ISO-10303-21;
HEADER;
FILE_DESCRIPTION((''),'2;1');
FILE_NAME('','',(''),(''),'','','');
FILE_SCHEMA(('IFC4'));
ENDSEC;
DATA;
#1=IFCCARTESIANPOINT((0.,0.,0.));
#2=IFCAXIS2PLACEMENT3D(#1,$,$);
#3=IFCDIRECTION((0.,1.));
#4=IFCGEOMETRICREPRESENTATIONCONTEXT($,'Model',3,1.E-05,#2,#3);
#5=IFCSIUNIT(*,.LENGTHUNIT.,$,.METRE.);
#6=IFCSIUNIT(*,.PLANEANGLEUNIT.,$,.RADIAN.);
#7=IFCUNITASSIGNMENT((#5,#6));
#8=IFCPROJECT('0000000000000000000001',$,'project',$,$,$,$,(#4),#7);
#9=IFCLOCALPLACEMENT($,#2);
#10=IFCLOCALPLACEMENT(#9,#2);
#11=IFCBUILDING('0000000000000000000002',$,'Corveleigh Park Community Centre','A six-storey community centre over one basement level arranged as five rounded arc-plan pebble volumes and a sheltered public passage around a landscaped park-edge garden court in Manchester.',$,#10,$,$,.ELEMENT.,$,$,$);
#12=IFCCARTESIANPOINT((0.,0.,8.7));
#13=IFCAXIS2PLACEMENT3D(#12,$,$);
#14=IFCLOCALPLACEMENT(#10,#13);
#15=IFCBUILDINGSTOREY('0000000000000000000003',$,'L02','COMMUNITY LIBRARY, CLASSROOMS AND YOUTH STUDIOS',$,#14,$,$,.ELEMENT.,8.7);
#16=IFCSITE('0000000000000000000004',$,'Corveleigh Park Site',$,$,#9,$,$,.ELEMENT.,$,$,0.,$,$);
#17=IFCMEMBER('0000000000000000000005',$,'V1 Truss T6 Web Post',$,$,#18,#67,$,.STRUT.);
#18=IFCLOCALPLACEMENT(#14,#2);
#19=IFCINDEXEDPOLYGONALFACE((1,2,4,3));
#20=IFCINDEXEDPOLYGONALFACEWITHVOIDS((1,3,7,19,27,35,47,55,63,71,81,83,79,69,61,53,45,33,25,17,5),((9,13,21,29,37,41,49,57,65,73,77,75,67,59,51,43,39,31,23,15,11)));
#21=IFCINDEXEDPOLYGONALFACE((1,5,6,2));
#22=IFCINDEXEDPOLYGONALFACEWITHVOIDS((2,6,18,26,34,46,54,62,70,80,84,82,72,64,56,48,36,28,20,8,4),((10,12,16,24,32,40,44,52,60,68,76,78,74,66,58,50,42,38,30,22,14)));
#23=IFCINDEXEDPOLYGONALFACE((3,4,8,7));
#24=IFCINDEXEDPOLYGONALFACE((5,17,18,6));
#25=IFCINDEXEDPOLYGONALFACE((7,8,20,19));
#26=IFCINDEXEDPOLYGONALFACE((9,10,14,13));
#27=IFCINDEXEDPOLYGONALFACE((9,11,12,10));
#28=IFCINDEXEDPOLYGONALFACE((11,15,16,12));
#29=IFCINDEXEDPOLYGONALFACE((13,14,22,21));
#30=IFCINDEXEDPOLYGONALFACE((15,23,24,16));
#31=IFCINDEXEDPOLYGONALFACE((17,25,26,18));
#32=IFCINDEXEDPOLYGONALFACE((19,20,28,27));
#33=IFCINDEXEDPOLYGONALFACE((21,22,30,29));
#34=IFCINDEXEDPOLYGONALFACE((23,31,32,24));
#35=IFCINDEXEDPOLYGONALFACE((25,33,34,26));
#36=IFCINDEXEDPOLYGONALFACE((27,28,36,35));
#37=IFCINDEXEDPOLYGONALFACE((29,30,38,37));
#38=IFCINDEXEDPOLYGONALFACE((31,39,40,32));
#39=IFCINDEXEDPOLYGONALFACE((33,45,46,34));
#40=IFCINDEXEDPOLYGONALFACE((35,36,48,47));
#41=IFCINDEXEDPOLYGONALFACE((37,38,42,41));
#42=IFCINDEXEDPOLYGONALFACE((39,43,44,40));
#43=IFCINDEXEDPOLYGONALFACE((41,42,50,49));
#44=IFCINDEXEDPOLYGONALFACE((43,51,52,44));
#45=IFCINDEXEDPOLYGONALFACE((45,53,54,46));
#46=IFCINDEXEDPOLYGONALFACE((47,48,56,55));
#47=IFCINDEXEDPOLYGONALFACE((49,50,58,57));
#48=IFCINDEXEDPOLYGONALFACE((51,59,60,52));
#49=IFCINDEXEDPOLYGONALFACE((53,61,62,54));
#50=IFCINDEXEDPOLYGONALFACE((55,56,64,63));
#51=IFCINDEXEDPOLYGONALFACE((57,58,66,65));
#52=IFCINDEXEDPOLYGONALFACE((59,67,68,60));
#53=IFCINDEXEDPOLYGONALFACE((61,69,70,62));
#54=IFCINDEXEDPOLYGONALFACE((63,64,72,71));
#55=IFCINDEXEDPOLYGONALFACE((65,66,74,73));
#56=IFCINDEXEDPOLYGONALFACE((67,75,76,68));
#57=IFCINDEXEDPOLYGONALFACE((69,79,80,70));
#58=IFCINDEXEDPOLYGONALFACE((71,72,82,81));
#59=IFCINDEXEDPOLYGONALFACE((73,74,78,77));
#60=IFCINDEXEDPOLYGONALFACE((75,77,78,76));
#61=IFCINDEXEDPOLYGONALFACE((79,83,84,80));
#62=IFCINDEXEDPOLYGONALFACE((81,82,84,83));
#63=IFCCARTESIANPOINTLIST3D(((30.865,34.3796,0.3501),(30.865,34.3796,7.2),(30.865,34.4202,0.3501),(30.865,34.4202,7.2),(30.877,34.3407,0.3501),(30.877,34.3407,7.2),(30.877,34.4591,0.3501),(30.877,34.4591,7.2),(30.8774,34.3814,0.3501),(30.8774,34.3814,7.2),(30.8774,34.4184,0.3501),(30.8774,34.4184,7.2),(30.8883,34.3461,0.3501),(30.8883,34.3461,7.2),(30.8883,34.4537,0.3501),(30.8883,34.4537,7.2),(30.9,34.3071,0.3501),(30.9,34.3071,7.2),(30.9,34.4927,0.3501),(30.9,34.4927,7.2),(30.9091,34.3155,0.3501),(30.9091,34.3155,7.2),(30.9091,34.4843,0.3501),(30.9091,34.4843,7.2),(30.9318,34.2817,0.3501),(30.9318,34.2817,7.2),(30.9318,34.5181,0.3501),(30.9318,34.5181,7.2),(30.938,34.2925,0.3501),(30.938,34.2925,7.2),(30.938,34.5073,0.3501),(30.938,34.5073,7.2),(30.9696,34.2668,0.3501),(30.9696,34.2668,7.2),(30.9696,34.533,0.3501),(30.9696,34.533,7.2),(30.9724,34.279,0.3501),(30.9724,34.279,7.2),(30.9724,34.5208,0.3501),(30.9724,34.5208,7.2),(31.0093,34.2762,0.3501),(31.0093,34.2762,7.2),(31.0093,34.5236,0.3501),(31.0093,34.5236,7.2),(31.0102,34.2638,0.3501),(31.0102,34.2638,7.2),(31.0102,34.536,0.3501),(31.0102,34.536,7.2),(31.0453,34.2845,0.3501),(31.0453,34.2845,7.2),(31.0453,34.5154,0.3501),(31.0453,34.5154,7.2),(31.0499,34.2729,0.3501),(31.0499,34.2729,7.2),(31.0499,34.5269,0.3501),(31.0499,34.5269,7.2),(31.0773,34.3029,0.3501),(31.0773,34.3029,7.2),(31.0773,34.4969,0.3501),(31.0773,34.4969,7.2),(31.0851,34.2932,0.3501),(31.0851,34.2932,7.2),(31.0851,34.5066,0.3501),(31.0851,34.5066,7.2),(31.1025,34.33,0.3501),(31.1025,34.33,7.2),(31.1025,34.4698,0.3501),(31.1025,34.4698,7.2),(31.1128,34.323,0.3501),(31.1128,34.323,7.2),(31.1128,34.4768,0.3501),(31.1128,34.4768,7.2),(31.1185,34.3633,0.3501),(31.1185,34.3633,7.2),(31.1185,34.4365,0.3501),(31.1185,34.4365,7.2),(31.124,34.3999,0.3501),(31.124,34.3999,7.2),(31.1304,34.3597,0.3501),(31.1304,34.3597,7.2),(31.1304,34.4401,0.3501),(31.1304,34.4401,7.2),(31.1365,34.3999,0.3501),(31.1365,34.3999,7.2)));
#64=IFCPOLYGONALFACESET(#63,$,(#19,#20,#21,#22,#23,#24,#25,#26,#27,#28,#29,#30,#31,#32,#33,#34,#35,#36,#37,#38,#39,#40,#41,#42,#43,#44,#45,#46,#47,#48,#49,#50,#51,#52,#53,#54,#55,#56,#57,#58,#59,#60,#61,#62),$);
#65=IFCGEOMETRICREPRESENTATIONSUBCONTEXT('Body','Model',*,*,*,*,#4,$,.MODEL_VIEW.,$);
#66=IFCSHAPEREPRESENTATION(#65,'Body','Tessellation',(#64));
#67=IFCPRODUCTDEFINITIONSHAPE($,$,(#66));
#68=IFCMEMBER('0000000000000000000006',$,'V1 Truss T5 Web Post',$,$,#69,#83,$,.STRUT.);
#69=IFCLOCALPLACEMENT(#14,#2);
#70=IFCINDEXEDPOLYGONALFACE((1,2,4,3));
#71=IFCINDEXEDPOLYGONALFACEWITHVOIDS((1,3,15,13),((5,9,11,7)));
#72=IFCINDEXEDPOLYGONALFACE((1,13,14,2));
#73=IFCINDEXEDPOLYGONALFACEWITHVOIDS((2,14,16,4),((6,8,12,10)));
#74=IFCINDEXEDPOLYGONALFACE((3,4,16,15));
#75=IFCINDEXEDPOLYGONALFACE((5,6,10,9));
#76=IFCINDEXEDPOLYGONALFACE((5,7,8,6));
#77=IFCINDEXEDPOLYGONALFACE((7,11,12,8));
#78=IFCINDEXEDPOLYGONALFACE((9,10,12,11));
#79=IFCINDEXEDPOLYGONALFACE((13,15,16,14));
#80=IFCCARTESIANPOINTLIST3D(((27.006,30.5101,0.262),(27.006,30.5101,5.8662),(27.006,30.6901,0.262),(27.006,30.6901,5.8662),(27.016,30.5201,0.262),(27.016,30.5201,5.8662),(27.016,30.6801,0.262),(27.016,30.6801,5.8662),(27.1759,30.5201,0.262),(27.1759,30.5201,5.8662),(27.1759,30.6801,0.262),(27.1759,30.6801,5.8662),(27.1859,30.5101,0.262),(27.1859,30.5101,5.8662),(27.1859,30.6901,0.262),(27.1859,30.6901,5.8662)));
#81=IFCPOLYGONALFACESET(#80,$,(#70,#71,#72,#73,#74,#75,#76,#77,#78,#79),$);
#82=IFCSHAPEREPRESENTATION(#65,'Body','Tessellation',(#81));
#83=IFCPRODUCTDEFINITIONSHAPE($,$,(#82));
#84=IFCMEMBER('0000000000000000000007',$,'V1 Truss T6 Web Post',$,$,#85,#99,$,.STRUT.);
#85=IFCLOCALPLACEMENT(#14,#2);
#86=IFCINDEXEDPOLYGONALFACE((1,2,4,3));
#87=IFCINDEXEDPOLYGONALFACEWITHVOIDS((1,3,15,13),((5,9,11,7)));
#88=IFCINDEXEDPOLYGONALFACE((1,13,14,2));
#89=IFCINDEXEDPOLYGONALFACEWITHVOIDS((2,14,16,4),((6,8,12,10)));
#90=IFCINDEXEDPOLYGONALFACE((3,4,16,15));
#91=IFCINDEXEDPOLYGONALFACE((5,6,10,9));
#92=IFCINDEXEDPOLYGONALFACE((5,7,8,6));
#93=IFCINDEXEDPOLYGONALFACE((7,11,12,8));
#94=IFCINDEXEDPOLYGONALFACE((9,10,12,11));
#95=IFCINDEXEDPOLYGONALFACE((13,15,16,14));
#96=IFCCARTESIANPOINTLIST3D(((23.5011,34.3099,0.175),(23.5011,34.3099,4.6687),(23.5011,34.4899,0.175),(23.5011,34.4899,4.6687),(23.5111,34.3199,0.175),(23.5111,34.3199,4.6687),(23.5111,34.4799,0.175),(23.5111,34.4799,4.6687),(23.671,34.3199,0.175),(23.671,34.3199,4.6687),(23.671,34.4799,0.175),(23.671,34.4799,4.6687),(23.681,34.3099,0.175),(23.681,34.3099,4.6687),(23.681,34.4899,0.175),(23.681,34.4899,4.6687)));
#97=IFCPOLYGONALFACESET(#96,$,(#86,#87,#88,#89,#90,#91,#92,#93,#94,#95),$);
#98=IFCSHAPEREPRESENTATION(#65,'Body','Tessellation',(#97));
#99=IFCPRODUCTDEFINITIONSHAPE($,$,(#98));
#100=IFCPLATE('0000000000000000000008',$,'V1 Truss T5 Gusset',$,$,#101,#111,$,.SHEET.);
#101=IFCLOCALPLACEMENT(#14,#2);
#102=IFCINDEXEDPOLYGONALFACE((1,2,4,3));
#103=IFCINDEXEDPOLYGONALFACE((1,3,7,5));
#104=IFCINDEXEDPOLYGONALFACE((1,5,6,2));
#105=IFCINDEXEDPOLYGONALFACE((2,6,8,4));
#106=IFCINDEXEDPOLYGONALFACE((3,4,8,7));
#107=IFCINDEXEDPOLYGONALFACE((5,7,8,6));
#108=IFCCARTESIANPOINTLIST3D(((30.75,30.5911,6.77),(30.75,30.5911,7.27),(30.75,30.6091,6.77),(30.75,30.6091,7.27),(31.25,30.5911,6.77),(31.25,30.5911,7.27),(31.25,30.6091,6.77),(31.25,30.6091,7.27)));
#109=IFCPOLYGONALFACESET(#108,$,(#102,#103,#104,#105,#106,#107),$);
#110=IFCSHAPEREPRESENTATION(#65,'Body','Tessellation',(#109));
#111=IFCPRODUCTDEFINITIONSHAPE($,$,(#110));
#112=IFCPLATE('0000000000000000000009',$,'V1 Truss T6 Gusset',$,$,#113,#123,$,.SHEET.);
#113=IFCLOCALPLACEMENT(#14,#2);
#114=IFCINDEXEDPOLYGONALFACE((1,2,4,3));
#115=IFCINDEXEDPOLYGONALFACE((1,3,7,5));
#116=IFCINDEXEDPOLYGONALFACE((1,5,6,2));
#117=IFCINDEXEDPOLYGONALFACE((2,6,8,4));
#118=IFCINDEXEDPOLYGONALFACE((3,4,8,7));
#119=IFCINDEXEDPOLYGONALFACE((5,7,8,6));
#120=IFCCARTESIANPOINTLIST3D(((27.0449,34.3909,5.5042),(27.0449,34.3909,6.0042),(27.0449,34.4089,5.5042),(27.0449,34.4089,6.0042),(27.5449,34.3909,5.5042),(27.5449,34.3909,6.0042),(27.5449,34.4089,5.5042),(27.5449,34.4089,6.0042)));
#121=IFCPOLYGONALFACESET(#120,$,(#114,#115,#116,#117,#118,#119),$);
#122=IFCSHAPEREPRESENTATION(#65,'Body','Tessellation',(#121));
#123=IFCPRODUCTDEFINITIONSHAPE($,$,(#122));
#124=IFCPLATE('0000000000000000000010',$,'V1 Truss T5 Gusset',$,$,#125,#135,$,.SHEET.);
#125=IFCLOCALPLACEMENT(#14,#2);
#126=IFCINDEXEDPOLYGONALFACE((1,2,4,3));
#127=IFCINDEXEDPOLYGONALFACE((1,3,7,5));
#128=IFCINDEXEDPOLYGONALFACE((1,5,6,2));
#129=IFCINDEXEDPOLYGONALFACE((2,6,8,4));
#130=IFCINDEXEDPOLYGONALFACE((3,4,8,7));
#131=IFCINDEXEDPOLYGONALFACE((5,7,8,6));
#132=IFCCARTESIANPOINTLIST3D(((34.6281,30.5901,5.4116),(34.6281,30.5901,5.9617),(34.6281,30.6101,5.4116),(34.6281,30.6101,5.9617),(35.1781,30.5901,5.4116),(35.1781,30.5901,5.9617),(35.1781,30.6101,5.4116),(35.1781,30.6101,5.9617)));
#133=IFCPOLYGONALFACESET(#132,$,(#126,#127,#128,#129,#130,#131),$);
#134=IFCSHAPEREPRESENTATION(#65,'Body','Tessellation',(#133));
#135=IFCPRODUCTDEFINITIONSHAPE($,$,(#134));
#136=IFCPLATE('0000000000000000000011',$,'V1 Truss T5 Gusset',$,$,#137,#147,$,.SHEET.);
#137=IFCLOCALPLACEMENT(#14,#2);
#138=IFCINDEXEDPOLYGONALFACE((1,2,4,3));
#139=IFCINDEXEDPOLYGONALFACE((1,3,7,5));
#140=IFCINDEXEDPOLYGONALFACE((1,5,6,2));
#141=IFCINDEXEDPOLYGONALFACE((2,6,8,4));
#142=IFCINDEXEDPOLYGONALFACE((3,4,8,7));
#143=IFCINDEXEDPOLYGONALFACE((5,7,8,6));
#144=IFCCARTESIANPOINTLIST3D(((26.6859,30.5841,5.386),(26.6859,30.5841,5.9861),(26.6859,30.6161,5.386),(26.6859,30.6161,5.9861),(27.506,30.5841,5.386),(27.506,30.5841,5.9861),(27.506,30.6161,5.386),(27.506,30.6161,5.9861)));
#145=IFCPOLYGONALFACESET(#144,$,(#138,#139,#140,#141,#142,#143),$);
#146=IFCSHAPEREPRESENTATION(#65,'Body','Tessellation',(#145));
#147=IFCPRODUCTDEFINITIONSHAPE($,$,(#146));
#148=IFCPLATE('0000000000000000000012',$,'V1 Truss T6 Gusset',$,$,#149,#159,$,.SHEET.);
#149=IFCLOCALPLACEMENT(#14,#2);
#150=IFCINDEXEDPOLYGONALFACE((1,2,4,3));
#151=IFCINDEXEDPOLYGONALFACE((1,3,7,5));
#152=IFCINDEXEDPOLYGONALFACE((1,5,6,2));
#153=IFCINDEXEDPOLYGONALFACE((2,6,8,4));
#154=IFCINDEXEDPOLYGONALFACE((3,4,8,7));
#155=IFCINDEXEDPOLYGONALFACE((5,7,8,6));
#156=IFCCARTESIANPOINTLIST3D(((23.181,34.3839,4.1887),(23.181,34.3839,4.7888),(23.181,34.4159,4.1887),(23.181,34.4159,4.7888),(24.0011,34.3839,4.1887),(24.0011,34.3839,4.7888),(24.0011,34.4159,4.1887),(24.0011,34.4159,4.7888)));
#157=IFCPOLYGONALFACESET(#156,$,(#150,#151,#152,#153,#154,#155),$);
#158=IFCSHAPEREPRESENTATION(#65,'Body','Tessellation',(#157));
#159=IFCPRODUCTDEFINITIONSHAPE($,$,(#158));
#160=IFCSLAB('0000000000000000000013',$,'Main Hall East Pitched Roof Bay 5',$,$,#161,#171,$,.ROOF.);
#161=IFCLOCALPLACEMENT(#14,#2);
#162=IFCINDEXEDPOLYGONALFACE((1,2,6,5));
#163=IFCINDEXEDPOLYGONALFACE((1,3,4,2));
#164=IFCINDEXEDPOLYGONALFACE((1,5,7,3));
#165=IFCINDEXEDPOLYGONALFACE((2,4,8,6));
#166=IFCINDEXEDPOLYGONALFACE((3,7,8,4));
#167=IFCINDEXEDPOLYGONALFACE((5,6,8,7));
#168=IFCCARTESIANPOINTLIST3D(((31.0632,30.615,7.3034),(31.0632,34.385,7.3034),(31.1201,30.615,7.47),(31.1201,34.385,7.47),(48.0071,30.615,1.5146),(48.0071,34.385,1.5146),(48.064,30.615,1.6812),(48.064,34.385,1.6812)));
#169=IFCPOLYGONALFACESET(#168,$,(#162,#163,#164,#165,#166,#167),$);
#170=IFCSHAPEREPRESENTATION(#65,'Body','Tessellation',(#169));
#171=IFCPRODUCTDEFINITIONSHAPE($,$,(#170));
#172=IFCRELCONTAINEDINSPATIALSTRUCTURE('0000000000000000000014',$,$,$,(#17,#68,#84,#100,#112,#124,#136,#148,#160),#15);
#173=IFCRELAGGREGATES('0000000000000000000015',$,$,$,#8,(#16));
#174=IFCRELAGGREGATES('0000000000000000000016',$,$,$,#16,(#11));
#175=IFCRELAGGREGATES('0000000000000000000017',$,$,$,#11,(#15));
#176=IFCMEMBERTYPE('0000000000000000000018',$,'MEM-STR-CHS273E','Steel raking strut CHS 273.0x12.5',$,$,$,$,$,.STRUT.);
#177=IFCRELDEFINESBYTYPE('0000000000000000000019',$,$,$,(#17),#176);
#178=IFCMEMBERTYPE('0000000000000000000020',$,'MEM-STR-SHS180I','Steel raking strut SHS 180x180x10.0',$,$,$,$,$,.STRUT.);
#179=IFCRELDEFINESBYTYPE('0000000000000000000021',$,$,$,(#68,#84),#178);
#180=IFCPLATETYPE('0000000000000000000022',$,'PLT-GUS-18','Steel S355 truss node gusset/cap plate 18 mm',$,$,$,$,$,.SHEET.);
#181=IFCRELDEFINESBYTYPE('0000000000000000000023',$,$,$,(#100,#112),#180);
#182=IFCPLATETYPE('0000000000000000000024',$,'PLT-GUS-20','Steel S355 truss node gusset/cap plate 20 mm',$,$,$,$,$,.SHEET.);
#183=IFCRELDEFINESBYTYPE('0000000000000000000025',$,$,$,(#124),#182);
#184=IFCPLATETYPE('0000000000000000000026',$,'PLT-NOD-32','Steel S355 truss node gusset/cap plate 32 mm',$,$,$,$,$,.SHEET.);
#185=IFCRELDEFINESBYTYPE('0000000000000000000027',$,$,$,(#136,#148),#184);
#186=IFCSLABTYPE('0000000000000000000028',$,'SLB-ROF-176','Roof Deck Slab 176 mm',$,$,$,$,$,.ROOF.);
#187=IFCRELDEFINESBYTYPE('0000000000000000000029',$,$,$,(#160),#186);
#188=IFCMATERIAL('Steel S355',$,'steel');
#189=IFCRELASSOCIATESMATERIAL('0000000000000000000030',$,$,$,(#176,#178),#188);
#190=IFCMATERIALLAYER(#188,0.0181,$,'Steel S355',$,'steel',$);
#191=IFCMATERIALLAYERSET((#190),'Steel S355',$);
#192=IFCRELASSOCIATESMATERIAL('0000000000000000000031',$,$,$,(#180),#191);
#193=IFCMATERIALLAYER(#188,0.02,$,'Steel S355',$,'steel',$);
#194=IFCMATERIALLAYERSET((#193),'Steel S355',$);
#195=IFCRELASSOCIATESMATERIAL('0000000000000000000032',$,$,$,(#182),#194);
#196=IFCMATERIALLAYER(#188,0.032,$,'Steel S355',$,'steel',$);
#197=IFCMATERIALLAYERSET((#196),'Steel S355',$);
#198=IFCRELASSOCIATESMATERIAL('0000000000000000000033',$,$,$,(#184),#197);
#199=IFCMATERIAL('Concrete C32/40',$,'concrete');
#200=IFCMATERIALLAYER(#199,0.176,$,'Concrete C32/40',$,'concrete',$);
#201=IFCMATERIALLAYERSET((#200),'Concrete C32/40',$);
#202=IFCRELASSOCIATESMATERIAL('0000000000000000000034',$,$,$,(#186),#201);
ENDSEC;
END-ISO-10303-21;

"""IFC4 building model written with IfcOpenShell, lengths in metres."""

from ifc_helpers import new_model, si_unit, direction, frame, origin, origin_2d, place, context, subcontext, project, spatial, polyline, rectangle, hollow_rectangle, hollow_circle, outline, extrude, material, layer, layer_set, material_profile, profile_set, type_object, element, save


model = new_model("IFC4")

# Units and contexts
model_context = context("Model", 3, precision=1e-05, world=origin(), true_north=direction((0.0, 1.0)))
body_context = subcontext(model_context, "Body", "Model", "MODEL_VIEW")
ifc_project = project(units=[si_unit("LENGTHUNIT", "METRE"), si_unit("PLANEANGLEUNIT", "RADIAN")], contexts=[model_context])

# Site, building, storey
site_placement = place(None, origin())
site = spatial("IfcSite", under=ifc_project, at=site_placement, Name="Corveleigh Park Site", CompositionType="ELEMENT", RefElevation=0.0)
building_placement = place(site_placement, origin())
building = spatial("IfcBuilding", under=site, at=building_placement, Name="Corveleigh Park Community Centre", Description="A six-storey community centre over one basement level arranged as five rounded arc-plan pebble volumes and a sheltered public passage around a landscaped park-edge garden court in Manchester.", CompositionType="ELEMENT")
storey_placement = place(building_placement, frame((0.0, 0.0, 8.7)))
storey = spatial("IfcBuildingStorey", under=building, at=storey_placement, Name="L02", Description="COMMUNITY LIBRARY, CLASSROOMS AND YOUTH STUDIOS", CompositionType="ELEMENT", Elevation=8.7)

# Shared definitions
ifc_material_1 = material(Name="Steel S355", Category="steel")

# Members
ifc_material_profile_1 = material_profile(ifc_material_1, hollow_circle(Radius=0.1365, WallThickness=0.0125, at=origin_2d()), Name="CHS 273.0x12.5", Category="steel")
ifc_profile_set_1 = profile_set([ifc_material_profile_1], Name="Steel S355")
member_type_1 = type_object("IfcMemberType", Name="MEM-STR-CHS273E", Description="Steel raking strut CHS 273.0x12.5", PredefinedType="STRUT", material=ifc_profile_set_1)
member_1_placement = place(storey_placement, frame((31.0, 34.3999, 0.3501), z_axis=(0.0, 0.0, 1.0), x_axis=(1.0, 0.0, 0.0)))
element("IfcMember", 1, at=member_1_placement, inside=storey, type_object=member_type_1, Name="V1 Truss T6 Web Post", PredefinedType="STRUT", context=body_context, shape_type="SweptSolid", body=[
    extrude(hollow_circle(Radius=0.1365, WallThickness=0.0125, at=origin_2d()), origin(), (0.0, 0.0, 1.0), 6.8499),
])
ifc_material_profile_2 = material_profile(ifc_material_1, hollow_rectangle(XDim=0.1799, YDim=0.1799, WallThickness=0.01, at=origin_2d()), Name="SHS 180x180x10.0", Category="steel")
ifc_profile_set_2 = profile_set([ifc_material_profile_2], Name="Steel S355")
member_type_2 = type_object("IfcMemberType", Name="MEM-STR-SHS180I", Description="Steel raking strut SHS 180x180x10.0", PredefinedType="STRUT", material=ifc_profile_set_2)
member_2_placement = place(storey_placement, frame((27.0959, 30.6001, 0.262), z_axis=(0.0, 0.0, 1.0), x_axis=(1.0, 0.0, 0.0)))
element("IfcMember", 2, at=member_2_placement, inside=storey, type_object=member_type_2, Name="V1 Truss T5 Web Post", PredefinedType="STRUT", context=body_context, shape_type="SweptSolid", body=[
    extrude(hollow_rectangle(XDim=0.1799, YDim=0.1799, WallThickness=0.01, at=origin_2d()), origin(), (0.0, 0.0, 1.0), 5.6042),
])
member_3_placement = place(storey_placement, frame((23.5911, 34.3999, 0.175), z_axis=(0.0, 0.0, 1.0), x_axis=(1.0, 0.0, 0.0)))
element("IfcMember", 3, at=member_3_placement, inside=storey, type_object=member_type_2, Name="V1 Truss T6 Web Post", PredefinedType="STRUT", context=body_context, shape_type="SweptSolid", body=[
    extrude(hollow_rectangle(XDim=0.1799, YDim=0.1799, WallThickness=0.01, at=origin_2d()), origin(), (0.0, 0.0, 1.0), 4.4937),
])

# Plates
ifc_layer_1 = layer(ifc_material_1, 0.0181, Name="Steel S355", Category="steel")
ifc_layer_set_1 = layer_set([ifc_layer_1], Name="Steel S355")
plate_type_1 = type_object("IfcPlateType", Name="PLT-GUS-18", Description="Steel S355 truss node gusset/cap plate 18 mm", PredefinedType="SHEET", material=ifc_layer_set_1)
for number, where, z_axis, x_axis, name in (
    (4, (31.0, 30.6001, 6.77), (0.0, 0.0, 1.0), (1.0, 0.0, 0.0), "V1 Truss T5 Gusset"),
    (5, (27.2949, 34.3999, 5.5042), (0.0, 0.0, 1.0), (1.0, 0.0, 0.0), "V1 Truss T6 Gusset"),
):
    element("IfcPlate", number, at=place(storey_placement, frame(where, z_axis=z_axis, x_axis=x_axis)), inside=storey, type_object=plate_type_1, Name=name, PredefinedType="SHEET", context=body_context, shape_type="SweptSolid", body=[
        extrude(rectangle(XDim=0.5, YDim=0.0181, at=origin_2d()), origin(), (0.0, 0.0, 1.0), 0.5),
    ])
ifc_layer_2 = layer(ifc_material_1, 0.02, Name="Steel S355", Category="steel")
ifc_layer_set_2 = layer_set([ifc_layer_2], Name="Steel S355")
plate_type_2 = type_object("IfcPlateType", Name="PLT-GUS-20", Description="Steel S355 truss node gusset/cap plate 20 mm", PredefinedType="SHEET", material=ifc_layer_set_2)
plate_placement = place(storey_placement, frame((34.9031, 30.6001, 5.4116), z_axis=(0.0, 0.0, 1.0), x_axis=(1.0, 0.0, 0.0)))
element("IfcPlate", 6, at=plate_placement, inside=storey, type_object=plate_type_2, Name="V1 Truss T5 Gusset", PredefinedType="SHEET", context=body_context, shape_type="SweptSolid", body=[
    extrude(rectangle(XDim=0.55, YDim=0.02, at=origin_2d()), origin(), (0.0, 0.0, 1.0), 0.55),
])
ifc_layer_3 = layer(ifc_material_1, 0.032, Name="Steel S355", Category="steel")
ifc_layer_set_3 = layer_set([ifc_layer_3], Name="Steel S355")
plate_type_3 = type_object("IfcPlateType", Name="PLT-NOD-32", Description="Steel S355 truss node gusset/cap plate 32 mm", PredefinedType="SHEET", material=ifc_layer_set_3)
for number, where, z_axis, x_axis, name in (
    (7, (27.0959, 30.6001, 5.386), (0.0, 0.0, 1.0), (1.0, 0.0, 0.0), "V1 Truss T5 Gusset"),
    (8, (23.5911, 34.3999, 4.1887), (0.0, 0.0, 1.0), (1.0, 0.0, 0.0), "V1 Truss T6 Gusset"),
):
    element("IfcPlate", number, at=place(storey_placement, frame(where, z_axis=z_axis, x_axis=x_axis)), inside=storey, type_object=plate_type_3, Name=name, PredefinedType="SHEET", context=body_context, shape_type="SweptSolid", body=[
        extrude(rectangle(XDim=0.8201, YDim=0.032, at=origin_2d()), origin(), (0.0, 0.0, 1.0), 0.6001),
    ])

# Slab
ifc_material_2 = material(Name="Concrete C32/40", Category="concrete")
ifc_layer_4 = layer(ifc_material_2, 0.176, Name="Concrete C32/40", Category="concrete")
ifc_layer_set_4 = layer_set([ifc_layer_4], Name="Concrete C32/40")
slab_type = type_object("IfcSlabType", Name="SLB-ROF-176", Description="Roof Deck Slab 176 mm", PredefinedType="ROOF", material=ifc_layer_set_4)
slab_placement = place(storey_placement, frame((31.1201, 30.615, 7.47), z_axis=(0.3233, 0.0, 0.946297), x_axis=(0.946297, 0.0, -0.3233)))
element("IfcSlab", 9, at=slab_placement, inside=storey, type_object=slab_type, Name="Main Hall East Pitched Roof Bay 5", PredefinedType="ROOF", context=body_context, shape_type="SweptSolid", body=[
    extrude(outline(polyline([(0.0, 0.0), (17.9054, 0.0), (17.9054, 3.77), (0.0, 3.77), (0.0, 0.0)])), origin(), (0.0, 0.0, -1.0), 0.176),
])

save(model, "model.ifc")
